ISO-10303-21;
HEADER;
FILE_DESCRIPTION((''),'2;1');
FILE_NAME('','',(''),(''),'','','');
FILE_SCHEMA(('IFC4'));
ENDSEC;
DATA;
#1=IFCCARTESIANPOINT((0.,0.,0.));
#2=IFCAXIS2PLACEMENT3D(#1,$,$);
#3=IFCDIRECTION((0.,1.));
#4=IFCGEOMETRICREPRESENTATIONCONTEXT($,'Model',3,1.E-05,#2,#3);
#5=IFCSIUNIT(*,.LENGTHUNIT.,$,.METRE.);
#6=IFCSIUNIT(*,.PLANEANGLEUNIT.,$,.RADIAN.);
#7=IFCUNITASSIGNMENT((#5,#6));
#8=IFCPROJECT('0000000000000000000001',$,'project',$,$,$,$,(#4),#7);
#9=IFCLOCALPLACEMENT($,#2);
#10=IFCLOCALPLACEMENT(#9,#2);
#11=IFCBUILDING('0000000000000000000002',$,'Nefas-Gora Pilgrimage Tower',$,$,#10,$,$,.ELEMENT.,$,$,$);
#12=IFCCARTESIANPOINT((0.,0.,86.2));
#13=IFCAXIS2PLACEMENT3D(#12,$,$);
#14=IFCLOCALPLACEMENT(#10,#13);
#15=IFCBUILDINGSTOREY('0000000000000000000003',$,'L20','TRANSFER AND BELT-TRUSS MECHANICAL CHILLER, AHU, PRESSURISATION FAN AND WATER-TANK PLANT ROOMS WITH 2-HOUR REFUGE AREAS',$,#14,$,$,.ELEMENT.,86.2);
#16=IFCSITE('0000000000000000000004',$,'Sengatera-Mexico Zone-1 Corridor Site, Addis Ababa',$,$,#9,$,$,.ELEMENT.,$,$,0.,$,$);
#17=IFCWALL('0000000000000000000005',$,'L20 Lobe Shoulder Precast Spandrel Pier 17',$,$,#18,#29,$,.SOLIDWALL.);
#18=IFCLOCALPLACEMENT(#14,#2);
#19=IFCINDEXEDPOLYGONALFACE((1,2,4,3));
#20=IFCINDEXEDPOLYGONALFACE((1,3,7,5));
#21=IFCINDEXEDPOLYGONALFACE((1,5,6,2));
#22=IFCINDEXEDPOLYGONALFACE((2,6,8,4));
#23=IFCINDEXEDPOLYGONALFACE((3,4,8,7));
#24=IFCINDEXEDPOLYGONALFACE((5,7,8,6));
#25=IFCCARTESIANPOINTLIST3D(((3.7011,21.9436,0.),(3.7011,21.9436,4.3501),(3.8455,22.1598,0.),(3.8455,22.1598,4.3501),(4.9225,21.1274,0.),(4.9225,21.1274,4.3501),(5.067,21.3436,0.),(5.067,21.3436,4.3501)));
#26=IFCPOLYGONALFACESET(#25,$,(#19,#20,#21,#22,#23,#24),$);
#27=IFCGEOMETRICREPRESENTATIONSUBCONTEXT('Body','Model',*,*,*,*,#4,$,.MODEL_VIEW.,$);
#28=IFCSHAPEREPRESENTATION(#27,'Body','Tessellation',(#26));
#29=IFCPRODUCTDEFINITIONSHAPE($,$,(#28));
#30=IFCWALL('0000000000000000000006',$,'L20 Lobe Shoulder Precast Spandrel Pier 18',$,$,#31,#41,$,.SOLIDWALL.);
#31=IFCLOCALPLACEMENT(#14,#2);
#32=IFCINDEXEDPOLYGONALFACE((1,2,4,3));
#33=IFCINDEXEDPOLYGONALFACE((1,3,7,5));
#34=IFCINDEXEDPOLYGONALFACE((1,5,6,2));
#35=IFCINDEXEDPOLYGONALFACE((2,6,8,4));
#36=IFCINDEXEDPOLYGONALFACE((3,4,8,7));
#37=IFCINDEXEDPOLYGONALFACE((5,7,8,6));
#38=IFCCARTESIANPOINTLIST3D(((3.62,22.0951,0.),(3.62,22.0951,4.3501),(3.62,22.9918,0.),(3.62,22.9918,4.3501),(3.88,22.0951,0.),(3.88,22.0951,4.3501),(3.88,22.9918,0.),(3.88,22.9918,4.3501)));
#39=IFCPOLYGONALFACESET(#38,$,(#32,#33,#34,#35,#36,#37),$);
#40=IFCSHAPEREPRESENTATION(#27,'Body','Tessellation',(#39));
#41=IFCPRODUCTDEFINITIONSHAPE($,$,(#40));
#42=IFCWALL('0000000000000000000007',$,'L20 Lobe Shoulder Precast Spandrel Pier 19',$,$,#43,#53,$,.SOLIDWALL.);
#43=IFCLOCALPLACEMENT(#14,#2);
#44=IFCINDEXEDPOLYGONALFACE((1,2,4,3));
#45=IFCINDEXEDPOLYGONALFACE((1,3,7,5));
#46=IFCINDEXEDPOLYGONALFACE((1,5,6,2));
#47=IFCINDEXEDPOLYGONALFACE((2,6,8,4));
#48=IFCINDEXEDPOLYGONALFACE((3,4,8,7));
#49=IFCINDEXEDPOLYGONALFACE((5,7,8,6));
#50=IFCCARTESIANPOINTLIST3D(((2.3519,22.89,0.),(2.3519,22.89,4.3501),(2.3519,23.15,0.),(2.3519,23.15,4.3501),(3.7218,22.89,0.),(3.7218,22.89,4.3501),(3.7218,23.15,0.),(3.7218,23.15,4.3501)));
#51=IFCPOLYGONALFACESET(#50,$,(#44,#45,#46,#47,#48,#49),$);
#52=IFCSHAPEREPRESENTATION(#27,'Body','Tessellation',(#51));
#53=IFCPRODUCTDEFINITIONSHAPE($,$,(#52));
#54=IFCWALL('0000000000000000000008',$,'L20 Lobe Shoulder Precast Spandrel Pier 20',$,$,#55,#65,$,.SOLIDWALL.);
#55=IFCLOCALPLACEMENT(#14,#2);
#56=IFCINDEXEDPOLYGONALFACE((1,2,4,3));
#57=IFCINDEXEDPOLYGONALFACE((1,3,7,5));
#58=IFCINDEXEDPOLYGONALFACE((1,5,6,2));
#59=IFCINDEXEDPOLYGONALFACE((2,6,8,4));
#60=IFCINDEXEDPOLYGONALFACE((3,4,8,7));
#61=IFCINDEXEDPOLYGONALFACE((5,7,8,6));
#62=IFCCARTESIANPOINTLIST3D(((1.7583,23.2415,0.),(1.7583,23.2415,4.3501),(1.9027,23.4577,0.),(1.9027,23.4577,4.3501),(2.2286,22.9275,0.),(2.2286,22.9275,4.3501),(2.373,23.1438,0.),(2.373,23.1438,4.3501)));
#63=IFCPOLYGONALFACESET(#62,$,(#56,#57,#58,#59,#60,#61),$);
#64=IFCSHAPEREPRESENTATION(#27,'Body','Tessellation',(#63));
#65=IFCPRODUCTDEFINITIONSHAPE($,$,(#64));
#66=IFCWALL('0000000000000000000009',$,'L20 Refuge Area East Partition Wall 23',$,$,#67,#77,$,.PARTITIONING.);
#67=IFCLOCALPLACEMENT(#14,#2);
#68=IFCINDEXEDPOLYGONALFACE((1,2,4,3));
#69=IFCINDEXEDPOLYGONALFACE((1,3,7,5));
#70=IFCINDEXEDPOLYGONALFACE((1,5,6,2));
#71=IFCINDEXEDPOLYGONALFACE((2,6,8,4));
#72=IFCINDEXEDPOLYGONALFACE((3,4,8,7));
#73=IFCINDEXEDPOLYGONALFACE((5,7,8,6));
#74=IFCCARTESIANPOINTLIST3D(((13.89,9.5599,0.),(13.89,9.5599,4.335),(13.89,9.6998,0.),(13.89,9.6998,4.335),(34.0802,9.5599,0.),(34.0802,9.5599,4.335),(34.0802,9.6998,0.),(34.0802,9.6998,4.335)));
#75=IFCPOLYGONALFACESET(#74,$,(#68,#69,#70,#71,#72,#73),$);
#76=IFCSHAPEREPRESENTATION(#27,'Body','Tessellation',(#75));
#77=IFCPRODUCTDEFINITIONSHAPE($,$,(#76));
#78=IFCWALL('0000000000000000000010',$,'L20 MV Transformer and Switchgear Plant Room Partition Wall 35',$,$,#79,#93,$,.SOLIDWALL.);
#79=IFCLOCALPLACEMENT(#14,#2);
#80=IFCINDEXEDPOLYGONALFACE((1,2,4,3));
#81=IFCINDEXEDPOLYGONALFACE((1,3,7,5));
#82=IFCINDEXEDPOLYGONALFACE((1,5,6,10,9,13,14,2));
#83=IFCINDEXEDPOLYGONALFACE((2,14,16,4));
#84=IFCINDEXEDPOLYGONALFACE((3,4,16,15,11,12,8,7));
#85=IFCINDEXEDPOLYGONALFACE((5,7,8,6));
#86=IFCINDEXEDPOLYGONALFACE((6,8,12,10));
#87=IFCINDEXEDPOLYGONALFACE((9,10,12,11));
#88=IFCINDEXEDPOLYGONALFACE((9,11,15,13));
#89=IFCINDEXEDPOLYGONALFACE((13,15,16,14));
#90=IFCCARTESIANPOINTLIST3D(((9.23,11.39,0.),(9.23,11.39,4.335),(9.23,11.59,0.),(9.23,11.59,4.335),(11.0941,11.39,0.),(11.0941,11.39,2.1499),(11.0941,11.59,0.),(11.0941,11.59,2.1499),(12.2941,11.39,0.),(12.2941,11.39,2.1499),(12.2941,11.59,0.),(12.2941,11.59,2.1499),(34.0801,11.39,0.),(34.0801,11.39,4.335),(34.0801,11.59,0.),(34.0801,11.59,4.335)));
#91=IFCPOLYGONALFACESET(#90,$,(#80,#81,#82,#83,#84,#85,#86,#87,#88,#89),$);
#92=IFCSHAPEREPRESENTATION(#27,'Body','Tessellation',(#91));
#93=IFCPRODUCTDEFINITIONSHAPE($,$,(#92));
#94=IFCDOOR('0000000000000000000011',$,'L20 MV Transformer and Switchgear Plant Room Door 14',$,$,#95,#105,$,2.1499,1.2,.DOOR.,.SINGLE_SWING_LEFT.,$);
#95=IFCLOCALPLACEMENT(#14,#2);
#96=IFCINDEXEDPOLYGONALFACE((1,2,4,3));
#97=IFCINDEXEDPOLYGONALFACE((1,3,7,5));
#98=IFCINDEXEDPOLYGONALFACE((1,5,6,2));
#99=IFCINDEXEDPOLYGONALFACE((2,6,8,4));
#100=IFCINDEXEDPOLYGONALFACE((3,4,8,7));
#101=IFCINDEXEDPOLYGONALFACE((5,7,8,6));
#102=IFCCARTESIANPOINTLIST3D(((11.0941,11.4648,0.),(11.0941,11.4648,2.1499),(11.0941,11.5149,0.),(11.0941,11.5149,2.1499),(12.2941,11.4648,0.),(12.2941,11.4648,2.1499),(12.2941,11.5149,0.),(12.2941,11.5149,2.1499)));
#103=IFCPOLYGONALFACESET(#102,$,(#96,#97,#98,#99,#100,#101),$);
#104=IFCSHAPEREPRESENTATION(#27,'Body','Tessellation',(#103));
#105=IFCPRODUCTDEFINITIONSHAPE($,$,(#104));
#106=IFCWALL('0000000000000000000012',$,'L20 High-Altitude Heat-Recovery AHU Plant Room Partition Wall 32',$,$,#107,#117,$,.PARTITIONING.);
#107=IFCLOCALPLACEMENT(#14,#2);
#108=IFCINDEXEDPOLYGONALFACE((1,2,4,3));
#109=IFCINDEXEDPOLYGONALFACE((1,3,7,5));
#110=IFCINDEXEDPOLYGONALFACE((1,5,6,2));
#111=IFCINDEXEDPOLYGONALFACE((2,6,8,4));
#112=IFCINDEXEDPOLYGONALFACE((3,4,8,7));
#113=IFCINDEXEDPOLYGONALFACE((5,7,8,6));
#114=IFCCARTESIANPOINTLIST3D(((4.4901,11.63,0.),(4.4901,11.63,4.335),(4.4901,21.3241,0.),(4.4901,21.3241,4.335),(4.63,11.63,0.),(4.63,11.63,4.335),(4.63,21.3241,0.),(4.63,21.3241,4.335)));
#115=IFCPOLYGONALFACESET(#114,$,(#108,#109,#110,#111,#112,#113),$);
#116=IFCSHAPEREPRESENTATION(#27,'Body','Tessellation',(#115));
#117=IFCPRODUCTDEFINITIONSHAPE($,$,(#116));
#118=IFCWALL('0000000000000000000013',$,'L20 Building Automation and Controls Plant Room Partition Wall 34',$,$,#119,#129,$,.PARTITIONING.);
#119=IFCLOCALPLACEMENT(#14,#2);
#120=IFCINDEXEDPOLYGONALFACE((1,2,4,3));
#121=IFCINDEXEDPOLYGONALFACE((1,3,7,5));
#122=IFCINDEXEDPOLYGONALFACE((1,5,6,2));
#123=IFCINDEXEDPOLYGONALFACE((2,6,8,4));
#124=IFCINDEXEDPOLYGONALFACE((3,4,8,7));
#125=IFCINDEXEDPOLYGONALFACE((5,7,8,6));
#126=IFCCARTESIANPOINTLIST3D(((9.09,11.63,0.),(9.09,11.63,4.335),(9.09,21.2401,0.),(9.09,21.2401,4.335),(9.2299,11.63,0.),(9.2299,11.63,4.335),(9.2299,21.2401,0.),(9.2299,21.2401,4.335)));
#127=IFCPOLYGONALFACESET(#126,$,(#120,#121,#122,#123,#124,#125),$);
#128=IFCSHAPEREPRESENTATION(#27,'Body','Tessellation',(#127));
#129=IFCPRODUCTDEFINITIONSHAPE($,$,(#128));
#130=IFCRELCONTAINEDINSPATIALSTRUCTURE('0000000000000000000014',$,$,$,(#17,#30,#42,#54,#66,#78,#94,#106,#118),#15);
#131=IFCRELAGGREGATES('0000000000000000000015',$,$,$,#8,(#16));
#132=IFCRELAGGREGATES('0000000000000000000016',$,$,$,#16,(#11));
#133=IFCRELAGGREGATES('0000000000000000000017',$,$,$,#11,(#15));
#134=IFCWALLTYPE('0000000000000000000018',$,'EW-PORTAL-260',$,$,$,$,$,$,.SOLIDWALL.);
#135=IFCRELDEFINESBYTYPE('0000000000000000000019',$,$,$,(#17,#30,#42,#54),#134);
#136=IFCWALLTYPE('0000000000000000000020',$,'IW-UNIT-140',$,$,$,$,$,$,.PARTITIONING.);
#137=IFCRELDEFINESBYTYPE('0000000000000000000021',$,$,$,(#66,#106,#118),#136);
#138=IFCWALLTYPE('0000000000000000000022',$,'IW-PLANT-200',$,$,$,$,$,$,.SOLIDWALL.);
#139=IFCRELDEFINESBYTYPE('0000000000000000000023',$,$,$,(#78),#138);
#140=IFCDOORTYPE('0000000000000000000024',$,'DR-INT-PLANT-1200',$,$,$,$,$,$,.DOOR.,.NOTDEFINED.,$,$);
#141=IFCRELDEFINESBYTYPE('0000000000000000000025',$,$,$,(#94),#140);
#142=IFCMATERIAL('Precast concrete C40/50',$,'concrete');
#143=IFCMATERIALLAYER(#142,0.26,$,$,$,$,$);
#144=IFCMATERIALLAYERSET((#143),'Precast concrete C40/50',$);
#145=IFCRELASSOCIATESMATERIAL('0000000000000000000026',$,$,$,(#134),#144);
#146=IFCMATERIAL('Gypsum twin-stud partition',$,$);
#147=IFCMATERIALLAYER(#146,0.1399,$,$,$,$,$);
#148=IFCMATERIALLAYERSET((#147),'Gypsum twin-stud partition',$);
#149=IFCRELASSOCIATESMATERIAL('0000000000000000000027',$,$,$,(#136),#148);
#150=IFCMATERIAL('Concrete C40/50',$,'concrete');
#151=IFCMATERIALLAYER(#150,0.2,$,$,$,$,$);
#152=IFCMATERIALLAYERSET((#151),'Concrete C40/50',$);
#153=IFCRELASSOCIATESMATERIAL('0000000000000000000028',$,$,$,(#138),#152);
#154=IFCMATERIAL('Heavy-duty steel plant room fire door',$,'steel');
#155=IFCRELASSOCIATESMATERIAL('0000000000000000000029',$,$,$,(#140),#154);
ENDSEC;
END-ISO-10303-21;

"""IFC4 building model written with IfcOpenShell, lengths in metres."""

from ifc_helpers import new_model, si_unit, direction, frame, frame_2d, origin, place, context, subcontext, project, spatial, rectangle, extrude, source, transform, mapped, material, layer, layer_set, type_object, element, fill, save


model = new_model("IFC4")

# Units and contexts
model_context = context("Model", 3, precision=1e-05, world=origin(), true_north=direction((0.0, 1.0)))
body_context = subcontext(model_context, "Body", "Model", "MODEL_VIEW")
ifc_project = project(units=[si_unit("LENGTHUNIT", "METRE"), si_unit("PLANEANGLEUNIT", "RADIAN")], contexts=[model_context])

# Site, building, storey
site_placement = place(None, origin())
site = spatial("IfcSite", under=ifc_project, at=site_placement, Name="Sengatera-Mexico Zone-1 Corridor Site, Addis Ababa", CompositionType="ELEMENT", RefElevation=0.0)
building_placement = place(site_placement, origin())
building = spatial("IfcBuilding", under=site, at=building_placement, Name="Nefas-Gora Pilgrimage Tower", CompositionType="ELEMENT")
storey_placement = place(building_placement, frame((0.0, 0.0, 86.2)))
storey = spatial("IfcBuildingStorey", under=building, at=storey_placement, Name="L20", Description="TRANSFER AND BELT-TRUSS MECHANICAL CHILLER, AHU, PRESSURISATION FAN AND WATER-TANK PLANT ROOMS WITH 2-HOUR REFUGE AREAS", CompositionType="ELEMENT", Elevation=86.2)

# Walls
ifc_material_1 = material(Name="Precast concrete C40/50", Category="concrete")
ifc_layer_1 = layer(ifc_material_1, 0.26)
ifc_layer_set_1 = layer_set([ifc_layer_1], Name="Precast concrete C40/50")
wall_type_1 = type_object("IfcWallType", Name="EW-PORTAL-260", PredefinedType="SOLIDWALL", material=ifc_layer_set_1)
shared_shape_1 = source(origin(), body_context, "Body", "SweptSolid", [
    extrude(rectangle(XDim=1.469, YDim=0.26, at=frame_2d((0.7344, 0.0))), origin(), (0.0, 0.0, 1.0), 4.3501),
])
wall_1_placement = place(storey_placement, frame((4.9946, 21.2356, 0.0), z_axis=(0.0, 0.0, 1.0), x_axis=(-0.831462, 0.555582, 0.0)))
element("IfcWall", 1, at=wall_1_placement, inside=storey, type_object=wall_type_1, Name="L20 Lobe Shoulder Precast Spandrel Pier 17", PredefinedType="SOLIDWALL", context=body_context, shape_type="MappedRepresentation", body=[
    mapped(shared_shape_1, transform((0.0, 0.0, 0.0), x_axis=(1.0, 0.0, 0.0), y_axis=(0.0, 1.0, 0.0), z_axis=(0.0, 0.0, 1.0), scale=1.0)),
])
shared_shape_2 = source(origin(), body_context, "Body", "SweptSolid", [
    extrude(rectangle(XDim=0.8967, YDim=0.26, at=frame_2d((0.4482, 0.0))), origin(), (0.0, 0.0, 1.0), 4.3501),
])
wall_2_placement = place(storey_placement, frame((3.75, 22.0952, 0.0), z_axis=(0.0, 0.0, 1.0), x_axis=(0.0, 1.0, 0.0)))
element("IfcWall", 2, at=wall_2_placement, inside=storey, type_object=wall_type_1, Name="L20 Lobe Shoulder Precast Spandrel Pier 18", PredefinedType="SOLIDWALL", context=body_context, shape_type="MappedRepresentation", body=[
    mapped(shared_shape_2, transform((0.0, 0.0, 0.0), x_axis=(1.0, 0.0, 0.0), y_axis=(0.0, 1.0, 0.0), z_axis=(0.0, 0.0, 1.0), scale=1.0)),
])
shared_shape_3 = source(origin(), body_context, "Body", "SweptSolid", [
    extrude(rectangle(XDim=1.3699, YDim=0.26, at=frame_2d((0.6851, 0.0))), origin(), (0.0, 0.0, 1.0), 4.3501),
])
wall_3_placement = place(storey_placement, frame((3.7219, 23.02, 0.0), z_axis=(0.0, 0.0, 1.0), x_axis=(-1.0, 0.0, 0.0)))
element("IfcWall", 3, at=wall_3_placement, inside=storey, type_object=wall_type_1, Name="L20 Lobe Shoulder Precast Spandrel Pier 19", PredefinedType="SOLIDWALL", context=body_context, shape_type="MappedRepresentation", body=[
    mapped(shared_shape_3, transform((0.0, 0.0, 0.0), x_axis=(1.0, 0.0, 0.0), y_axis=(0.0, 1.0, 0.0), z_axis=(0.0, 0.0, 1.0), scale=1.0)),
])
shared_shape_4 = source(origin(), body_context, "Body", "SweptSolid", [
    extrude(rectangle(XDim=0.5654, YDim=0.26, at=frame_2d((0.2827, 0.0))), origin(), (0.0, 0.0, 1.0), 4.3501),
])
wall_4_placement = place(storey_placement, frame((2.3008, 23.0356, 0.0), z_axis=(0.0, 0.0, 1.0), x_axis=(-0.831651, 0.555298, 0.0)))
element("IfcWall", 4, at=wall_4_placement, inside=storey, type_object=wall_type_1, Name="L20 Lobe Shoulder Precast Spandrel Pier 20", PredefinedType="SOLIDWALL", context=body_context, shape_type="MappedRepresentation", body=[
    mapped(shared_shape_4, transform((0.0, 0.0, 0.0), x_axis=(1.0, 0.0, 0.0), y_axis=(0.0, 1.0, 0.0), z_axis=(0.0, 0.0, 1.0), scale=1.0)),
])
ifc_material_2 = material(Name="Gypsum twin-stud partition")
ifc_layer_2 = layer(ifc_material_2, 0.1399)
ifc_layer_set_2 = layer_set([ifc_layer_2], Name="Gypsum twin-stud partition")
wall_type_2 = type_object("IfcWallType", Name="IW-UNIT-140", PredefinedType="PARTITIONING", material=ifc_layer_set_2)
shared_shape_5 = source(origin(), body_context, "Body", "SweptSolid", [
    extrude(rectangle(XDim=20.1902, YDim=0.1399, at=frame_2d((10.0952, 0.0))), origin(), (0.0, 0.0, 1.0), 4.335),
])
wall_5_placement = place(storey_placement, frame((13.8899, 9.6299, 0.0), z_axis=(0.0, 0.0, 1.0), x_axis=(1.0, 0.0, 0.0)))
element("IfcWall", 5, at=wall_5_placement, inside=storey, type_object=wall_type_2, Name="L20 Refuge Area East Partition Wall 23", PredefinedType="PARTITIONING", context=body_context, shape_type="MappedRepresentation", body=[
    mapped(shared_shape_5, transform((0.0, 0.0, 0.0), x_axis=(1.0, 0.0, 0.0), y_axis=(0.0, 1.0, 0.0), z_axis=(0.0, 0.0, 1.0), scale=1.0)),
])

# Wall, opening, door
ifc_material_3 = material(Name="Concrete C40/50", Category="concrete")
ifc_layer_3 = layer(ifc_material_3, 0.2)
ifc_layer_set_3 = layer_set([ifc_layer_3], Name="Concrete C40/50")
wall_type_3 = type_object("IfcWallType", Name="IW-PLANT-200", PredefinedType="SOLIDWALL", material=ifc_layer_set_3)
shared_shape_6 = source(origin(), body_context, "Body", "SweptSolid", [
    extrude(rectangle(XDim=24.8501, YDim=0.2, at=frame_2d((12.425, 0.0))), origin(), (0.0, 0.0, 1.0), 4.335),
])
wall_6_placement = place(storey_placement, frame((9.23, 11.49, 0.0), z_axis=(0.0, 0.0, 1.0), x_axis=(1.0, 0.0, 0.0)))
wall_6 = element("IfcWall", 6, at=wall_6_placement, inside=storey, type_object=wall_type_3, Name="L20 MV Transformer and Switchgear Plant Room Partition Wall 35", PredefinedType="SOLIDWALL", context=body_context, shape_type="MappedRepresentation", body=[
    mapped(shared_shape_6, transform((0.0, 0.0, 0.0), x_axis=(1.0, 0.0, 0.0), y_axis=(0.0, 1.0, 0.0), z_axis=(0.0, 0.0, 1.0), scale=1.0)),
])
opening_1_placement = place(wall_6_placement, frame((1.864, 0.0, 0.0)))
opening_1 = element("IfcOpeningElement", 7, at=opening_1_placement, cuts=wall_6, PredefinedType="OPENING", context=body_context, shape_type="SweptSolid", body=[
    extrude(rectangle(XDim=1.2, YDim=2.1499, at=frame_2d((0.6001, 1.075))), frame((0.0, 0.1099, 0.0), z_axis=(0.0, -1.0, 0.0), x_axis=(1.0, 0.0, 0.0)), (0.0, 0.0, 1.0), 0.22),
])
ifc_material_4 = material(Name="Heavy-duty steel plant room fire door", Category="steel")
door_type = type_object("IfcDoorType", Name="DR-INT-PLANT-1200", OperationType="NOTDEFINED", PredefinedType="DOOR", material=ifc_material_4)
shared_shape_7 = source(origin(), body_context, "Body", "SweptSolid", [
    extrude(rectangle(XDim=1.2, YDim=2.1499, at=frame_2d((0.6001, 1.075))), frame((0.0, 0.0249, 0.0), z_axis=(0.0, -1.0, 0.0), x_axis=(1.0, 0.0, 0.0)), (0.0, 0.0, 1.0), 0.05),
])
door_1_placement = place(opening_1_placement, origin())
door_1 = element("IfcDoor", 8, at=door_1_placement, inside=storey, type_object=door_type, Name="L20 MV Transformer and Switchgear Plant Room Door 14", OperationType="SINGLE_SWING_LEFT", OverallHeight=2.1499, OverallWidth=1.2, PredefinedType="DOOR", context=body_context, shape_type="MappedRepresentation", body=[
    mapped(shared_shape_7, transform((0.0, 0.0, 0.0), x_axis=(1.0, 0.0, 0.0), y_axis=(0.0, 1.0, 0.0), z_axis=(0.0, 0.0, 1.0), scale=1.0)),
])
fill(opening_1, door_1)

# Walls
shared_shape_8 = source(origin(), body_context, "Body", "SweptSolid", [
    extrude(rectangle(XDim=9.6941, YDim=0.1399, at=frame_2d((4.8472, 0.0))), origin(), (0.0, 0.0, 1.0), 4.335),
])
wall_7_placement = place(storey_placement, frame((4.5601, 11.6299, 0.0), z_axis=(0.0, 0.0, 1.0), x_axis=(0.0, 1.0, 0.0)))
element("IfcWall", 9, at=wall_7_placement, inside=storey, type_object=wall_type_2, Name="L20 High-Altitude Heat-Recovery AHU Plant Room Partition Wall 32", PredefinedType="PARTITIONING", context=body_context, shape_type="MappedRepresentation", body=[
    mapped(shared_shape_8, transform((0.0, 0.0, 0.0), x_axis=(1.0, 0.0, 0.0), y_axis=(0.0, 1.0, 0.0), z_axis=(0.0, 0.0, 1.0), scale=1.0)),
])
shared_shape_9 = source(origin(), body_context, "Body", "SweptSolid", [
    extrude(rectangle(XDim=9.6101, YDim=0.1399, at=frame_2d((4.8052, 0.0))), origin(), (0.0, 0.0, 1.0), 4.335),
])
wall_8_placement = place(storey_placement, frame((9.1599, 11.6299, 0.0), z_axis=(0.0, 0.0, 1.0), x_axis=(0.0, 1.0, 0.0)))
element("IfcWall", 10, at=wall_8_placement, inside=storey, type_object=wall_type_2, Name="L20 Building Automation and Controls Plant Room Partition Wall 34", PredefinedType="PARTITIONING", context=body_context, shape_type="MappedRepresentation", body=[
    mapped(shared_shape_9, transform((0.0, 0.0, 0.0), x_axis=(1.0, 0.0, 0.0), y_axis=(0.0, 1.0, 0.0), z_axis=(0.0, 0.0, 1.0), scale=1.0)),
])

save(model, "model.ifc")
